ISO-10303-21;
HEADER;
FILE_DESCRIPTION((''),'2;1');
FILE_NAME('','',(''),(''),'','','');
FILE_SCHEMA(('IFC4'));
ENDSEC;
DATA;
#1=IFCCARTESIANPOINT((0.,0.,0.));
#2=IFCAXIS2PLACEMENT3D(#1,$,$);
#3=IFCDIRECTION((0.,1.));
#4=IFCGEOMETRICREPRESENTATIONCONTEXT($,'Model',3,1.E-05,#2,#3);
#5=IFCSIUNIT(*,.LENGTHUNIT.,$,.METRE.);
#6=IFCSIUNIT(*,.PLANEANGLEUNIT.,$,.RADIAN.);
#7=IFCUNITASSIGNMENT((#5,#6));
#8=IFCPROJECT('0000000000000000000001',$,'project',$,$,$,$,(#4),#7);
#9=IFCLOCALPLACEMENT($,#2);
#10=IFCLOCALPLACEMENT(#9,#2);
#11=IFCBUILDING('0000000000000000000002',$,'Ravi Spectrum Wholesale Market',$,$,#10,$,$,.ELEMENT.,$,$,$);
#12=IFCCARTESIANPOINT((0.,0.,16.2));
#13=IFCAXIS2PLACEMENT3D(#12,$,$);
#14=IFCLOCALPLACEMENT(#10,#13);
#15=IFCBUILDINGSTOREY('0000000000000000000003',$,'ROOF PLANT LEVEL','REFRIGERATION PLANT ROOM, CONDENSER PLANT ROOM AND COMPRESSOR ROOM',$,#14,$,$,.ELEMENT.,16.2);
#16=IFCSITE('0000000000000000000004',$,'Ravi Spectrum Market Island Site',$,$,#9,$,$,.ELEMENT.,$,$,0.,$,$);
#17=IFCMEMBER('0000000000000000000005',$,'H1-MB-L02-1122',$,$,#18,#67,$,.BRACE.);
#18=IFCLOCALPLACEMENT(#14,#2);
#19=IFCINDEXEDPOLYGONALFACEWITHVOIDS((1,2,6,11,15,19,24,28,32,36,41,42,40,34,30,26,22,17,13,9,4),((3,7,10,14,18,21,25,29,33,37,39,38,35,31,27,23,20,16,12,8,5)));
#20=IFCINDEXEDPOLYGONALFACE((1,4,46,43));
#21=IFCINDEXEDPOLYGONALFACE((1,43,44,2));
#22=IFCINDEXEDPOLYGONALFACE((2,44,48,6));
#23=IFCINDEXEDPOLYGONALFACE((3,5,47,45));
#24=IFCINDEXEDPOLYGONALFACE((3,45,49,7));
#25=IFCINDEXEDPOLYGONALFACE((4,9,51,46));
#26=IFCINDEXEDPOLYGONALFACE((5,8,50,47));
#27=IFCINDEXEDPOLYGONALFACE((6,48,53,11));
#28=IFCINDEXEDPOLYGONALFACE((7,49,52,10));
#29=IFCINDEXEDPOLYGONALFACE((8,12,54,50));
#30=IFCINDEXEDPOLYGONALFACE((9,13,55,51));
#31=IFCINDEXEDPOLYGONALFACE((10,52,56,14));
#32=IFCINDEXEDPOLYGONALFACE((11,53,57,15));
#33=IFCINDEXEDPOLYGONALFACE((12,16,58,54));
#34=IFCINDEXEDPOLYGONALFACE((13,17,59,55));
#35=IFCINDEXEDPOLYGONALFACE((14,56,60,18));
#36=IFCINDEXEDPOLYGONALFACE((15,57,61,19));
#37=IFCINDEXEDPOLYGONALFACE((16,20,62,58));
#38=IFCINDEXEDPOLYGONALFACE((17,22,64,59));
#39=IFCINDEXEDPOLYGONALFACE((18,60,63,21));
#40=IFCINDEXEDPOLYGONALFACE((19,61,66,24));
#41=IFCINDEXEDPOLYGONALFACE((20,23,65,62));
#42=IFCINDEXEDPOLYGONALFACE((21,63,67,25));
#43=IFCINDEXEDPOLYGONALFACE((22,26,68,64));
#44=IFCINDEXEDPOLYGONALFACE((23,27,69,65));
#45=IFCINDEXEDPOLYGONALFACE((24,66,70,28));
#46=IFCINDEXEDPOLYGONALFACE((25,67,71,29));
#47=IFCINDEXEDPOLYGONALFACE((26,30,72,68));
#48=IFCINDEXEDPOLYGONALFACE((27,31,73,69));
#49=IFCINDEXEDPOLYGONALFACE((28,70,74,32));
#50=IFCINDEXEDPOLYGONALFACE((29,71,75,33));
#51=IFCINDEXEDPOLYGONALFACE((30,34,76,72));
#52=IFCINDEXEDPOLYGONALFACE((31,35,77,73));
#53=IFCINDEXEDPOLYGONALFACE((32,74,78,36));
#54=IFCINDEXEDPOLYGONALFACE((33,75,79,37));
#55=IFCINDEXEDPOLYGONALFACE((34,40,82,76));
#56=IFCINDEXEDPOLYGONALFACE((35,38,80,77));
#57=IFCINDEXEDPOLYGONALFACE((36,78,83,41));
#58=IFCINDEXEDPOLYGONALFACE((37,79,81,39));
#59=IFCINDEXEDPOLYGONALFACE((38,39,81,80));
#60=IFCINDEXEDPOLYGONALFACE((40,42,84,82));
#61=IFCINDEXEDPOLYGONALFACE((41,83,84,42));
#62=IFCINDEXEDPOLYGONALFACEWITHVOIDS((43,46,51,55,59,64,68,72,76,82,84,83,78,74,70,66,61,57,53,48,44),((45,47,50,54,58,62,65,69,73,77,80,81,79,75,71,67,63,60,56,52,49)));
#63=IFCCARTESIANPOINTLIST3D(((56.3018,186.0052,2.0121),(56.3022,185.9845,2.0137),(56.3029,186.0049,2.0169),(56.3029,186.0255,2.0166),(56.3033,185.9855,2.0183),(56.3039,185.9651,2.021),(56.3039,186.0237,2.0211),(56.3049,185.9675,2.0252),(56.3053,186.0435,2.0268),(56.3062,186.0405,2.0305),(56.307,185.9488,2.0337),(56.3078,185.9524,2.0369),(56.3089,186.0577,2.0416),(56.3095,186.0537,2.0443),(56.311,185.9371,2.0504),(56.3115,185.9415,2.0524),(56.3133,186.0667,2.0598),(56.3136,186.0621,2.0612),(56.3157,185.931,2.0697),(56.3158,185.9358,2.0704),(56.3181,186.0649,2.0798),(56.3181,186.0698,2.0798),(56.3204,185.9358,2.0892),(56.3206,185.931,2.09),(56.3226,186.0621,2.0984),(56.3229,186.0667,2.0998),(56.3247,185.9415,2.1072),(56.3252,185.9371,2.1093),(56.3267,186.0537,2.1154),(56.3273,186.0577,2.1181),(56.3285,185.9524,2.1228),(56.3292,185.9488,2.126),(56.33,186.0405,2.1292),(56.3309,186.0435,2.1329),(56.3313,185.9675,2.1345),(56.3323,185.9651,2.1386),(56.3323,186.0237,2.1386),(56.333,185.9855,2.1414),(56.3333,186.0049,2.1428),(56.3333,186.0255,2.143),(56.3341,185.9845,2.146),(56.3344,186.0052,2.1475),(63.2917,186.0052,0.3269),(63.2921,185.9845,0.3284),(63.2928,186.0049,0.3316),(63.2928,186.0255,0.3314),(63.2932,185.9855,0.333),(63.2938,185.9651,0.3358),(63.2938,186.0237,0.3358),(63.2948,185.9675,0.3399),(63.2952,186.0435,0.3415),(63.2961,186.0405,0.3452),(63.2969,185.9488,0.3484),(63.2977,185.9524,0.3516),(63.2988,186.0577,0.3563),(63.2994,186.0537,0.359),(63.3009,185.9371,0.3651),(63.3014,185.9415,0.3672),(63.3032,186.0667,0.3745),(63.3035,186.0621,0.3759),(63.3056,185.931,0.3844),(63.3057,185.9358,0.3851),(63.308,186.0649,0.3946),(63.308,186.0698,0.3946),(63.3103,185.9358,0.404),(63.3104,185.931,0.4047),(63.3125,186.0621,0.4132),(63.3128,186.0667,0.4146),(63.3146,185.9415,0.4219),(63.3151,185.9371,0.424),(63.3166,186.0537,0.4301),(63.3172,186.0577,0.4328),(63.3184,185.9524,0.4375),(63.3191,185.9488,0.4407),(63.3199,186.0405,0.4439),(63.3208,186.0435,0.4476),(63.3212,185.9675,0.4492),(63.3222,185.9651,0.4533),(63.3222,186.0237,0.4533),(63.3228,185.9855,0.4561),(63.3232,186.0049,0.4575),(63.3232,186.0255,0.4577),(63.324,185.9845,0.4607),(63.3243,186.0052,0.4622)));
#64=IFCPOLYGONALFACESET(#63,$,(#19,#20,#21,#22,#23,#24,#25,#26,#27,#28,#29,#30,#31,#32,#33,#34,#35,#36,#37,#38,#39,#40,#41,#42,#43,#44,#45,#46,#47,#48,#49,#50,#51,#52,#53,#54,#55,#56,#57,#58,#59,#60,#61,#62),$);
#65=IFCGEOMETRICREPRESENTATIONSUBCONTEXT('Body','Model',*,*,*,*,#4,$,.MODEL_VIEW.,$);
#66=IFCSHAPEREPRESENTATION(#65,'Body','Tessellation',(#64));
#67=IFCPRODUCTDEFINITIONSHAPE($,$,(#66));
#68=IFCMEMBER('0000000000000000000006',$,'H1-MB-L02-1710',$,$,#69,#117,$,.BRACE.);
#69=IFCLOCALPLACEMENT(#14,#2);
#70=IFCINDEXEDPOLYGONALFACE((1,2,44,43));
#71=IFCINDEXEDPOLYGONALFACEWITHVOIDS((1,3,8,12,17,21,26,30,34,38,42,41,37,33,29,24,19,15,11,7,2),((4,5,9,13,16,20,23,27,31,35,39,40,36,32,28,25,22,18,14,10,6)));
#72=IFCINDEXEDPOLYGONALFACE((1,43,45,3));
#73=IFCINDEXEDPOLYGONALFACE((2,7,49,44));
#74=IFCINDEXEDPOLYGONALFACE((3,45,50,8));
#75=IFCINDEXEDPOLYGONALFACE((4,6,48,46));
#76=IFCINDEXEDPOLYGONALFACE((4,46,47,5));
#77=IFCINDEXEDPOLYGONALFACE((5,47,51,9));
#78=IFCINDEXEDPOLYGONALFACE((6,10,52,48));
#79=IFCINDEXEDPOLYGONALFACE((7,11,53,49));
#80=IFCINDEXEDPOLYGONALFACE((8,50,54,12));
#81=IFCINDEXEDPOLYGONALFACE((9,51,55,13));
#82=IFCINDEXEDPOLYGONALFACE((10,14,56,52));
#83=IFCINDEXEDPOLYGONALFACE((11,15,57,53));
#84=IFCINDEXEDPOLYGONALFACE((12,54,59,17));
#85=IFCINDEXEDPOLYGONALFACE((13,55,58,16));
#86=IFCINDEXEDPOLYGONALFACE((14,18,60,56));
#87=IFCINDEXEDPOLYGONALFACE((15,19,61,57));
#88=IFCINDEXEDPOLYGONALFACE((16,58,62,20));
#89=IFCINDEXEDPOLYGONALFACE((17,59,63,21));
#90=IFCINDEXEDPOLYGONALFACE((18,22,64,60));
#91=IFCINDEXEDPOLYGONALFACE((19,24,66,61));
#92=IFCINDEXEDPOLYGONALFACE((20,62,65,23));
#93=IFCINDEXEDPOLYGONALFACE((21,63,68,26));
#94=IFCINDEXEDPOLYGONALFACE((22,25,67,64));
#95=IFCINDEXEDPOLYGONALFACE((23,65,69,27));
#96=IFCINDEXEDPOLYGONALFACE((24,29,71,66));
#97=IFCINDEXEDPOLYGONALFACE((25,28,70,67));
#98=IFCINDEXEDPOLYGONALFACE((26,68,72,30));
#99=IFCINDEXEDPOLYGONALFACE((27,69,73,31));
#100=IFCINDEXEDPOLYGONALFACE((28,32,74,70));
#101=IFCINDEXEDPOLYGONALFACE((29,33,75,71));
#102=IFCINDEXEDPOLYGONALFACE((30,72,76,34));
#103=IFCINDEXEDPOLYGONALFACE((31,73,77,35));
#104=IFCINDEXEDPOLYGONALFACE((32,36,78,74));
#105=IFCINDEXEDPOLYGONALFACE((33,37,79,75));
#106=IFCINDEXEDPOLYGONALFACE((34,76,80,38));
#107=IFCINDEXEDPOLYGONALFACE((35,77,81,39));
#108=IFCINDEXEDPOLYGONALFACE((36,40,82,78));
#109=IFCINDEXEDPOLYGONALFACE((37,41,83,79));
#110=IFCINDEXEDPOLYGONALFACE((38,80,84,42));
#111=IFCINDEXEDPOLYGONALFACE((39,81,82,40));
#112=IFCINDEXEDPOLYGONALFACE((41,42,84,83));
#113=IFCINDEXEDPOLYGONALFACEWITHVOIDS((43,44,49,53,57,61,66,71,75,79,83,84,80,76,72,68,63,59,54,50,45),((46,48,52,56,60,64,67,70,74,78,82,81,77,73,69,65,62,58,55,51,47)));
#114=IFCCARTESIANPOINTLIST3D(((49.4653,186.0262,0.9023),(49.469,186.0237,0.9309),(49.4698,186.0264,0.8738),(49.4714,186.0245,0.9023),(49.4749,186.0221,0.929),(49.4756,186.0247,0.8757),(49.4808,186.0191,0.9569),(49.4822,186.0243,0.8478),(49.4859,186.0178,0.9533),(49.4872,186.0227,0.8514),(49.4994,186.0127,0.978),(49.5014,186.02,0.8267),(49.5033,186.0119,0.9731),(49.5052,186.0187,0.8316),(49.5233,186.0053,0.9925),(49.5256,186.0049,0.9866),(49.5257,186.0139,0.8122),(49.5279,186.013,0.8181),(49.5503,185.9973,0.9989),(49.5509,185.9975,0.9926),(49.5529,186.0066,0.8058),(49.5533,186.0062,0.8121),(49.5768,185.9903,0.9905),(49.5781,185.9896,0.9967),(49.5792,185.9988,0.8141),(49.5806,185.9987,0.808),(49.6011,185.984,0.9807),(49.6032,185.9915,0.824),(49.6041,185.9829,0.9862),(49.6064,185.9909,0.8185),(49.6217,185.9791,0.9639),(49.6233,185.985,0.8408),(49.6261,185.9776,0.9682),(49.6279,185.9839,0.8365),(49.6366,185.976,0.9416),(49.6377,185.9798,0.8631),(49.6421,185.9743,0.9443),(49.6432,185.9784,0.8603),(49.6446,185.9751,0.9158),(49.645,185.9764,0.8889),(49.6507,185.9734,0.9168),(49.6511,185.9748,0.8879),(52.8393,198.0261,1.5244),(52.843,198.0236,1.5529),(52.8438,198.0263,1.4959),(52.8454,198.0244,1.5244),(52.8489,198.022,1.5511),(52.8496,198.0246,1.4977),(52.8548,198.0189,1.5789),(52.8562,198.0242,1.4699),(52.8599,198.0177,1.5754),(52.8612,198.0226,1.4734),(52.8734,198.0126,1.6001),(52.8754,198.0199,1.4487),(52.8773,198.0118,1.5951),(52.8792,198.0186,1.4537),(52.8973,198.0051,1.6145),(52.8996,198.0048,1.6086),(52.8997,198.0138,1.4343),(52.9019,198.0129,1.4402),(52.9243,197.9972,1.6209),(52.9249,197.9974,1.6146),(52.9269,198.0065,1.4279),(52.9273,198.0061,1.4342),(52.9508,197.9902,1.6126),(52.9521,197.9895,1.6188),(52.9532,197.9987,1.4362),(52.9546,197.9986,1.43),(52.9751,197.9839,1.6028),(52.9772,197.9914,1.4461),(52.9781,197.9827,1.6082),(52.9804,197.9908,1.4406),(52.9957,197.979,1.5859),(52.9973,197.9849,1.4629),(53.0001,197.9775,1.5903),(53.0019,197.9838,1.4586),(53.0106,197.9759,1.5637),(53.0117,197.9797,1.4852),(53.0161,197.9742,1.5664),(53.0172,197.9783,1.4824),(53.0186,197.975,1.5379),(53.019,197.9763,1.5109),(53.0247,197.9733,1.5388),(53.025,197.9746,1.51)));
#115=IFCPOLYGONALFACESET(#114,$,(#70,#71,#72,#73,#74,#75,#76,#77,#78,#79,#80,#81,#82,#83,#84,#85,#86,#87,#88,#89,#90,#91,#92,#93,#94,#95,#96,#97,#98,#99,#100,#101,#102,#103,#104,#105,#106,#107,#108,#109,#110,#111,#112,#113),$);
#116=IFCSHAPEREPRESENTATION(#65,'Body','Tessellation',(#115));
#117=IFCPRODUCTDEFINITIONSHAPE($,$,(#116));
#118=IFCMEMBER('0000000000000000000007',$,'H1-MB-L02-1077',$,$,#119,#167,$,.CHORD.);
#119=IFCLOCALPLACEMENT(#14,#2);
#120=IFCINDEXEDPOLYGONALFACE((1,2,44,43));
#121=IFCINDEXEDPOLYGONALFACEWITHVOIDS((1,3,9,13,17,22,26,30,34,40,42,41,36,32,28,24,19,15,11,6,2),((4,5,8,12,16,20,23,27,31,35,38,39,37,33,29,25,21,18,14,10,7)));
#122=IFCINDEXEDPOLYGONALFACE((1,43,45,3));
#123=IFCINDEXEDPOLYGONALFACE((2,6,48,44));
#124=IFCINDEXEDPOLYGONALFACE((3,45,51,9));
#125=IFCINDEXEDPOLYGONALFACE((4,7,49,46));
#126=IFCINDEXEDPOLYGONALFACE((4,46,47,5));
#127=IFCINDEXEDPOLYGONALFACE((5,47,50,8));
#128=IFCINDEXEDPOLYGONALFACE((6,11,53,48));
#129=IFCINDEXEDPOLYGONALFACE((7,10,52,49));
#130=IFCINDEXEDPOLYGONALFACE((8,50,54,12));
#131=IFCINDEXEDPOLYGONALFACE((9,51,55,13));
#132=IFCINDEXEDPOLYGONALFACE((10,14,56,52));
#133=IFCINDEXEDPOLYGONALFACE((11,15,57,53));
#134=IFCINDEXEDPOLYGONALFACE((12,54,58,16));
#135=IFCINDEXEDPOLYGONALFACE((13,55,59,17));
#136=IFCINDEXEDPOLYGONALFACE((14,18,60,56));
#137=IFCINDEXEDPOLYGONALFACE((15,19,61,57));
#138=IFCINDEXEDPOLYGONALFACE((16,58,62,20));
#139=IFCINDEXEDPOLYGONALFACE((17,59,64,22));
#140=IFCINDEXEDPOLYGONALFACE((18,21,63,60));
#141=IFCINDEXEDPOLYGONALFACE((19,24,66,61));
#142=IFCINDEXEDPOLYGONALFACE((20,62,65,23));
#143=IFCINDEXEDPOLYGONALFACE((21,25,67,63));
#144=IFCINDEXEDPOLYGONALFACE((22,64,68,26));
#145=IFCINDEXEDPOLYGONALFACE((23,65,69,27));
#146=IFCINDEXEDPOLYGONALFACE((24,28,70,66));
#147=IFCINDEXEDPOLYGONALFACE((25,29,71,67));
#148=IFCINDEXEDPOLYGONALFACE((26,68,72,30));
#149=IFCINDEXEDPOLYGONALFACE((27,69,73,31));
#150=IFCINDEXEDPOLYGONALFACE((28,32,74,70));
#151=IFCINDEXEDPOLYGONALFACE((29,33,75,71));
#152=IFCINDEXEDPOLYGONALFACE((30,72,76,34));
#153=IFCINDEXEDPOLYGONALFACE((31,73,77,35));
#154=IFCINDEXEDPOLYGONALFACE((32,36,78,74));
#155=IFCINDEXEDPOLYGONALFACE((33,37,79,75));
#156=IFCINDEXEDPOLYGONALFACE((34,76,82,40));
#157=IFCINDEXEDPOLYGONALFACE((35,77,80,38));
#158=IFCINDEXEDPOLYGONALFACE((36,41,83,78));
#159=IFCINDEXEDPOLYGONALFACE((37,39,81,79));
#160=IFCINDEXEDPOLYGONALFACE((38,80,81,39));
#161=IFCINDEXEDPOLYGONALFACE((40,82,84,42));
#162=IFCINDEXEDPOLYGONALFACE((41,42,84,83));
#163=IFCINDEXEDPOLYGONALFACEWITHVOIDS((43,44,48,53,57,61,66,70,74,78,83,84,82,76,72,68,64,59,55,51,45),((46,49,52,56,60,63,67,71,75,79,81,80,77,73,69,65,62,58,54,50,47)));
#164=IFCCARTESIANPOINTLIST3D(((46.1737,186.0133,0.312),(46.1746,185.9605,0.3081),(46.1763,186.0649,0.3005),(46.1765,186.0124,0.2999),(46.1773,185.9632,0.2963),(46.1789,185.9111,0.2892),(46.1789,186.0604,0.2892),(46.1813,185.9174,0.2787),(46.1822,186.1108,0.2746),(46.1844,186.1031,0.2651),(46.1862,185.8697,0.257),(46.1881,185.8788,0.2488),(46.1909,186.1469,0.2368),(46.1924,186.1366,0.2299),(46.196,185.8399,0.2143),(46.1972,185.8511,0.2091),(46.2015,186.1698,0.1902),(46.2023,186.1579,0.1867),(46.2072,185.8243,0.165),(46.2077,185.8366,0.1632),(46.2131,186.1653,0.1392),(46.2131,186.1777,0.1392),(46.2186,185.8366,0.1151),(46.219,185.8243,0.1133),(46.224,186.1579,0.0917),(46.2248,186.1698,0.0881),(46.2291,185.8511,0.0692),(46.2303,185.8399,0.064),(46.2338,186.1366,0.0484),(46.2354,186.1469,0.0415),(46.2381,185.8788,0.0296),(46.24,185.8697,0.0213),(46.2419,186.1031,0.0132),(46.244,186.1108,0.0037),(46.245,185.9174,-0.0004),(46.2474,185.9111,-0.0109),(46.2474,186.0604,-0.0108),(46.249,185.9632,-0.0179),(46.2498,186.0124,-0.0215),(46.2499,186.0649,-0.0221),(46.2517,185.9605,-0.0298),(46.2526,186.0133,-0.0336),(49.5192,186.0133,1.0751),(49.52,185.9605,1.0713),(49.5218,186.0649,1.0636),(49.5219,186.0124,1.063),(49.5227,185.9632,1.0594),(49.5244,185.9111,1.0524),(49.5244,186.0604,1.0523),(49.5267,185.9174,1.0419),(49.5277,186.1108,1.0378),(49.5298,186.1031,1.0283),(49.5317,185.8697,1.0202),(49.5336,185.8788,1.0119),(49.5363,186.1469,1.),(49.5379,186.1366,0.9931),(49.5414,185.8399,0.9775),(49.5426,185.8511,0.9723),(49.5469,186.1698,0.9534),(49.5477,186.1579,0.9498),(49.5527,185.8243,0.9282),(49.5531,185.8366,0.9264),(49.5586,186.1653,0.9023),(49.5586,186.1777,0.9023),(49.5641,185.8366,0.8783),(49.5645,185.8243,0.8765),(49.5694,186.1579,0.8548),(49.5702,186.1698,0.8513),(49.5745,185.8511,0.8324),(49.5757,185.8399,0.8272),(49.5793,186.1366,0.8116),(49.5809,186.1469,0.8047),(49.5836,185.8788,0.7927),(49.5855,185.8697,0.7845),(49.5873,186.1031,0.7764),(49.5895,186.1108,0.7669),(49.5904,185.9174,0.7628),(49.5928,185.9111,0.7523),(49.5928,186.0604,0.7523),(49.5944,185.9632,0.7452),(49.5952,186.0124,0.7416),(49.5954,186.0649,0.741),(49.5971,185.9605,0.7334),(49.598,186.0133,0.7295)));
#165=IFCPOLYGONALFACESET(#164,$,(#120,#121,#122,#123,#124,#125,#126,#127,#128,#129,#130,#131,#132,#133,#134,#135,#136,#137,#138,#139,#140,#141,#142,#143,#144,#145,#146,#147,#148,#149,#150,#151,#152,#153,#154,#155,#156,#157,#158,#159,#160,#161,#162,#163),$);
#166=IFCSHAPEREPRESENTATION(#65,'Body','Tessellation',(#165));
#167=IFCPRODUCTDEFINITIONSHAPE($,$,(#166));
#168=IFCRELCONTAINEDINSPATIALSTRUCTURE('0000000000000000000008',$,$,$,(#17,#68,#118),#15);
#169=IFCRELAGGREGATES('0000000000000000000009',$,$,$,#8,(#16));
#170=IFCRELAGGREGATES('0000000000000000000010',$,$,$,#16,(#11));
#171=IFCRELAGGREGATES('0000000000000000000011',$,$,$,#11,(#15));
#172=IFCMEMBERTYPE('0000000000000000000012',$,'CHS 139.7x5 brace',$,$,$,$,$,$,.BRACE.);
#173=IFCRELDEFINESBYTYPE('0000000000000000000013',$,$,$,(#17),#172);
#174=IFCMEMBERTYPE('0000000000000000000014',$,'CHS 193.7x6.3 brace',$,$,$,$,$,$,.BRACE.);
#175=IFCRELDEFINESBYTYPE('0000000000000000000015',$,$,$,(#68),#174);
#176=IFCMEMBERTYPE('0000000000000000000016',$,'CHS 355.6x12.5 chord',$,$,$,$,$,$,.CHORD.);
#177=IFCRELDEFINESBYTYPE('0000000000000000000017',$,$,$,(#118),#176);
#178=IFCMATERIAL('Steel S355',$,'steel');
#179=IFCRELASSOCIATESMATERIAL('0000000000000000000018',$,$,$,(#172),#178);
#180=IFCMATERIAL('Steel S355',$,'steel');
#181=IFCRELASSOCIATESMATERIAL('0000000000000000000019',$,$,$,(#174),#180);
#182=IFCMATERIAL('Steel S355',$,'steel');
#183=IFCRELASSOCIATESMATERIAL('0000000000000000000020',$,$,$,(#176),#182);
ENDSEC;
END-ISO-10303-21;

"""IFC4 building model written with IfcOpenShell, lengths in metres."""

from ifc_helpers import new_model, si_unit, direction, frame, origin, origin_2d, place, context, subcontext, project, spatial, hollow_circle, extrude, material, material_profile, profile_set, type_object, element, save


model = new_model("IFC4")

# Units and contexts
model_context = context("Model", 3, precision=1e-05, world=origin(), true_north=direction((0.0, 1.0)))
body_context = subcontext(model_context, "Body", "Model", "MODEL_VIEW")
ifc_project = project(units=[si_unit("LENGTHUNIT", "METRE"), si_unit("PLANEANGLEUNIT", "RADIAN")], contexts=[model_context])

# Site, building, storey
site_placement = place(None, origin())
site = spatial("IfcSite", under=ifc_project, at=site_placement, Name="Ravi Spectrum Market Island Site", CompositionType="ELEMENT", RefElevation=0.0)
building_placement = place(site_placement, origin())
building = spatial("IfcBuilding", under=site, at=building_placement, Name="Ravi Spectrum Wholesale Market", CompositionType="ELEMENT")
storey_placement = place(building_placement, frame((0.0, 0.0, 16.2)))
storey = spatial("IfcBuildingStorey", under=building, at=storey_placement, Name="ROOF PLANT LEVEL", Description="REFRIGERATION PLANT ROOM, CONDENSER PLANT ROOM AND COMPRESSOR ROOM", CompositionType="ELEMENT", Elevation=16.2)

# Members
ifc_material_1 = material(Name="Steel S355", Category="steel")
ifc_material_profile_1 = material_profile(ifc_material_1, hollow_circle(Radius=0.0698, WallThickness=0.0049, at=origin_2d()))
ifc_profile_set_1 = profile_set([ifc_material_profile_1], Name="Steel S355")
member_type_1 = type_object("IfcMemberType", Name="CHS 139.7x5 brace", PredefinedType="BRACE", material=ifc_profile_set_1)
member_1_placement = place(storey_placement, frame((56.3181, 186.0, 2.0798), z_axis=(0.972144, 0.0, -0.234386), x_axis=(0.0, 1.0, 0.0)))
element("IfcMember", 1, at=member_1_placement, inside=storey, type_object=member_type_1, Name="H1-MB-L02-1122", PredefinedType="BRACE", context=body_context, shape_type="SweptSolid", body=[
    extrude(hollow_circle(Radius=0.0698, WallThickness=0.0049, at=origin_2d()), origin(), (0.0, 0.0, 1.0), 7.1902),
])
ifc_material_2 = material(Name="Steel S355", Category="steel")
ifc_material_profile_2 = material_profile(ifc_material_2, hollow_circle(Radius=0.0969, WallThickness=0.0063, at=origin_2d()))
ifc_profile_set_2 = profile_set([ifc_material_profile_2], Name="Steel S355")
member_type_2 = type_object("IfcMemberType", Name="CHS 193.7x6.3 brace", PredefinedType="BRACE", material=ifc_profile_set_2)
member_2_placement = place(storey_placement, frame((49.5586, 186.0, 0.9023), z_axis=(0.270337, 0.961475, 0.049842), x_axis=(-0.962671, 0.270673, 0.0)))
element("IfcMember", 2, at=member_2_placement, inside=storey, type_object=member_type_2, Name="H1-MB-L02-1710", PredefinedType="BRACE", context=body_context, shape_type="SweptSolid", body=[
    extrude(hollow_circle(Radius=0.0969, WallThickness=0.0063, at=origin_2d()), origin(), (0.0, 0.0, 1.0), 12.4807),
])
ifc_material_3 = material(Name="Steel S355", Category="steel")
ifc_material_profile_3 = material_profile(ifc_material_3, hollow_circle(Radius=0.1777, WallThickness=0.0125, at=origin_2d()))
ifc_profile_set_3 = profile_set([ifc_material_profile_3], Name="Steel S355")
member_type_3 = type_object("IfcMemberType", Name="CHS 355.6x12.5 chord", PredefinedType="CHORD", material=ifc_profile_set_3)
member_3_placement = place(storey_placement, frame((46.2131, 186.0, 0.1392), z_axis=(0.974953, 0.0, 0.222411), x_axis=(0.0, 1.0, 0.0)))
element("IfcMember", 3, at=member_3_placement, inside=storey, type_object=member_type_3, Name="H1-MB-L02-1077", PredefinedType="CHORD", context=body_context, shape_type="SweptSolid", body=[
    extrude(hollow_circle(Radius=0.1777, WallThickness=0.0125, at=origin_2d()), origin(), (0.0, 0.0, 1.0), 3.4314),
])

save(model, "model.ifc")
